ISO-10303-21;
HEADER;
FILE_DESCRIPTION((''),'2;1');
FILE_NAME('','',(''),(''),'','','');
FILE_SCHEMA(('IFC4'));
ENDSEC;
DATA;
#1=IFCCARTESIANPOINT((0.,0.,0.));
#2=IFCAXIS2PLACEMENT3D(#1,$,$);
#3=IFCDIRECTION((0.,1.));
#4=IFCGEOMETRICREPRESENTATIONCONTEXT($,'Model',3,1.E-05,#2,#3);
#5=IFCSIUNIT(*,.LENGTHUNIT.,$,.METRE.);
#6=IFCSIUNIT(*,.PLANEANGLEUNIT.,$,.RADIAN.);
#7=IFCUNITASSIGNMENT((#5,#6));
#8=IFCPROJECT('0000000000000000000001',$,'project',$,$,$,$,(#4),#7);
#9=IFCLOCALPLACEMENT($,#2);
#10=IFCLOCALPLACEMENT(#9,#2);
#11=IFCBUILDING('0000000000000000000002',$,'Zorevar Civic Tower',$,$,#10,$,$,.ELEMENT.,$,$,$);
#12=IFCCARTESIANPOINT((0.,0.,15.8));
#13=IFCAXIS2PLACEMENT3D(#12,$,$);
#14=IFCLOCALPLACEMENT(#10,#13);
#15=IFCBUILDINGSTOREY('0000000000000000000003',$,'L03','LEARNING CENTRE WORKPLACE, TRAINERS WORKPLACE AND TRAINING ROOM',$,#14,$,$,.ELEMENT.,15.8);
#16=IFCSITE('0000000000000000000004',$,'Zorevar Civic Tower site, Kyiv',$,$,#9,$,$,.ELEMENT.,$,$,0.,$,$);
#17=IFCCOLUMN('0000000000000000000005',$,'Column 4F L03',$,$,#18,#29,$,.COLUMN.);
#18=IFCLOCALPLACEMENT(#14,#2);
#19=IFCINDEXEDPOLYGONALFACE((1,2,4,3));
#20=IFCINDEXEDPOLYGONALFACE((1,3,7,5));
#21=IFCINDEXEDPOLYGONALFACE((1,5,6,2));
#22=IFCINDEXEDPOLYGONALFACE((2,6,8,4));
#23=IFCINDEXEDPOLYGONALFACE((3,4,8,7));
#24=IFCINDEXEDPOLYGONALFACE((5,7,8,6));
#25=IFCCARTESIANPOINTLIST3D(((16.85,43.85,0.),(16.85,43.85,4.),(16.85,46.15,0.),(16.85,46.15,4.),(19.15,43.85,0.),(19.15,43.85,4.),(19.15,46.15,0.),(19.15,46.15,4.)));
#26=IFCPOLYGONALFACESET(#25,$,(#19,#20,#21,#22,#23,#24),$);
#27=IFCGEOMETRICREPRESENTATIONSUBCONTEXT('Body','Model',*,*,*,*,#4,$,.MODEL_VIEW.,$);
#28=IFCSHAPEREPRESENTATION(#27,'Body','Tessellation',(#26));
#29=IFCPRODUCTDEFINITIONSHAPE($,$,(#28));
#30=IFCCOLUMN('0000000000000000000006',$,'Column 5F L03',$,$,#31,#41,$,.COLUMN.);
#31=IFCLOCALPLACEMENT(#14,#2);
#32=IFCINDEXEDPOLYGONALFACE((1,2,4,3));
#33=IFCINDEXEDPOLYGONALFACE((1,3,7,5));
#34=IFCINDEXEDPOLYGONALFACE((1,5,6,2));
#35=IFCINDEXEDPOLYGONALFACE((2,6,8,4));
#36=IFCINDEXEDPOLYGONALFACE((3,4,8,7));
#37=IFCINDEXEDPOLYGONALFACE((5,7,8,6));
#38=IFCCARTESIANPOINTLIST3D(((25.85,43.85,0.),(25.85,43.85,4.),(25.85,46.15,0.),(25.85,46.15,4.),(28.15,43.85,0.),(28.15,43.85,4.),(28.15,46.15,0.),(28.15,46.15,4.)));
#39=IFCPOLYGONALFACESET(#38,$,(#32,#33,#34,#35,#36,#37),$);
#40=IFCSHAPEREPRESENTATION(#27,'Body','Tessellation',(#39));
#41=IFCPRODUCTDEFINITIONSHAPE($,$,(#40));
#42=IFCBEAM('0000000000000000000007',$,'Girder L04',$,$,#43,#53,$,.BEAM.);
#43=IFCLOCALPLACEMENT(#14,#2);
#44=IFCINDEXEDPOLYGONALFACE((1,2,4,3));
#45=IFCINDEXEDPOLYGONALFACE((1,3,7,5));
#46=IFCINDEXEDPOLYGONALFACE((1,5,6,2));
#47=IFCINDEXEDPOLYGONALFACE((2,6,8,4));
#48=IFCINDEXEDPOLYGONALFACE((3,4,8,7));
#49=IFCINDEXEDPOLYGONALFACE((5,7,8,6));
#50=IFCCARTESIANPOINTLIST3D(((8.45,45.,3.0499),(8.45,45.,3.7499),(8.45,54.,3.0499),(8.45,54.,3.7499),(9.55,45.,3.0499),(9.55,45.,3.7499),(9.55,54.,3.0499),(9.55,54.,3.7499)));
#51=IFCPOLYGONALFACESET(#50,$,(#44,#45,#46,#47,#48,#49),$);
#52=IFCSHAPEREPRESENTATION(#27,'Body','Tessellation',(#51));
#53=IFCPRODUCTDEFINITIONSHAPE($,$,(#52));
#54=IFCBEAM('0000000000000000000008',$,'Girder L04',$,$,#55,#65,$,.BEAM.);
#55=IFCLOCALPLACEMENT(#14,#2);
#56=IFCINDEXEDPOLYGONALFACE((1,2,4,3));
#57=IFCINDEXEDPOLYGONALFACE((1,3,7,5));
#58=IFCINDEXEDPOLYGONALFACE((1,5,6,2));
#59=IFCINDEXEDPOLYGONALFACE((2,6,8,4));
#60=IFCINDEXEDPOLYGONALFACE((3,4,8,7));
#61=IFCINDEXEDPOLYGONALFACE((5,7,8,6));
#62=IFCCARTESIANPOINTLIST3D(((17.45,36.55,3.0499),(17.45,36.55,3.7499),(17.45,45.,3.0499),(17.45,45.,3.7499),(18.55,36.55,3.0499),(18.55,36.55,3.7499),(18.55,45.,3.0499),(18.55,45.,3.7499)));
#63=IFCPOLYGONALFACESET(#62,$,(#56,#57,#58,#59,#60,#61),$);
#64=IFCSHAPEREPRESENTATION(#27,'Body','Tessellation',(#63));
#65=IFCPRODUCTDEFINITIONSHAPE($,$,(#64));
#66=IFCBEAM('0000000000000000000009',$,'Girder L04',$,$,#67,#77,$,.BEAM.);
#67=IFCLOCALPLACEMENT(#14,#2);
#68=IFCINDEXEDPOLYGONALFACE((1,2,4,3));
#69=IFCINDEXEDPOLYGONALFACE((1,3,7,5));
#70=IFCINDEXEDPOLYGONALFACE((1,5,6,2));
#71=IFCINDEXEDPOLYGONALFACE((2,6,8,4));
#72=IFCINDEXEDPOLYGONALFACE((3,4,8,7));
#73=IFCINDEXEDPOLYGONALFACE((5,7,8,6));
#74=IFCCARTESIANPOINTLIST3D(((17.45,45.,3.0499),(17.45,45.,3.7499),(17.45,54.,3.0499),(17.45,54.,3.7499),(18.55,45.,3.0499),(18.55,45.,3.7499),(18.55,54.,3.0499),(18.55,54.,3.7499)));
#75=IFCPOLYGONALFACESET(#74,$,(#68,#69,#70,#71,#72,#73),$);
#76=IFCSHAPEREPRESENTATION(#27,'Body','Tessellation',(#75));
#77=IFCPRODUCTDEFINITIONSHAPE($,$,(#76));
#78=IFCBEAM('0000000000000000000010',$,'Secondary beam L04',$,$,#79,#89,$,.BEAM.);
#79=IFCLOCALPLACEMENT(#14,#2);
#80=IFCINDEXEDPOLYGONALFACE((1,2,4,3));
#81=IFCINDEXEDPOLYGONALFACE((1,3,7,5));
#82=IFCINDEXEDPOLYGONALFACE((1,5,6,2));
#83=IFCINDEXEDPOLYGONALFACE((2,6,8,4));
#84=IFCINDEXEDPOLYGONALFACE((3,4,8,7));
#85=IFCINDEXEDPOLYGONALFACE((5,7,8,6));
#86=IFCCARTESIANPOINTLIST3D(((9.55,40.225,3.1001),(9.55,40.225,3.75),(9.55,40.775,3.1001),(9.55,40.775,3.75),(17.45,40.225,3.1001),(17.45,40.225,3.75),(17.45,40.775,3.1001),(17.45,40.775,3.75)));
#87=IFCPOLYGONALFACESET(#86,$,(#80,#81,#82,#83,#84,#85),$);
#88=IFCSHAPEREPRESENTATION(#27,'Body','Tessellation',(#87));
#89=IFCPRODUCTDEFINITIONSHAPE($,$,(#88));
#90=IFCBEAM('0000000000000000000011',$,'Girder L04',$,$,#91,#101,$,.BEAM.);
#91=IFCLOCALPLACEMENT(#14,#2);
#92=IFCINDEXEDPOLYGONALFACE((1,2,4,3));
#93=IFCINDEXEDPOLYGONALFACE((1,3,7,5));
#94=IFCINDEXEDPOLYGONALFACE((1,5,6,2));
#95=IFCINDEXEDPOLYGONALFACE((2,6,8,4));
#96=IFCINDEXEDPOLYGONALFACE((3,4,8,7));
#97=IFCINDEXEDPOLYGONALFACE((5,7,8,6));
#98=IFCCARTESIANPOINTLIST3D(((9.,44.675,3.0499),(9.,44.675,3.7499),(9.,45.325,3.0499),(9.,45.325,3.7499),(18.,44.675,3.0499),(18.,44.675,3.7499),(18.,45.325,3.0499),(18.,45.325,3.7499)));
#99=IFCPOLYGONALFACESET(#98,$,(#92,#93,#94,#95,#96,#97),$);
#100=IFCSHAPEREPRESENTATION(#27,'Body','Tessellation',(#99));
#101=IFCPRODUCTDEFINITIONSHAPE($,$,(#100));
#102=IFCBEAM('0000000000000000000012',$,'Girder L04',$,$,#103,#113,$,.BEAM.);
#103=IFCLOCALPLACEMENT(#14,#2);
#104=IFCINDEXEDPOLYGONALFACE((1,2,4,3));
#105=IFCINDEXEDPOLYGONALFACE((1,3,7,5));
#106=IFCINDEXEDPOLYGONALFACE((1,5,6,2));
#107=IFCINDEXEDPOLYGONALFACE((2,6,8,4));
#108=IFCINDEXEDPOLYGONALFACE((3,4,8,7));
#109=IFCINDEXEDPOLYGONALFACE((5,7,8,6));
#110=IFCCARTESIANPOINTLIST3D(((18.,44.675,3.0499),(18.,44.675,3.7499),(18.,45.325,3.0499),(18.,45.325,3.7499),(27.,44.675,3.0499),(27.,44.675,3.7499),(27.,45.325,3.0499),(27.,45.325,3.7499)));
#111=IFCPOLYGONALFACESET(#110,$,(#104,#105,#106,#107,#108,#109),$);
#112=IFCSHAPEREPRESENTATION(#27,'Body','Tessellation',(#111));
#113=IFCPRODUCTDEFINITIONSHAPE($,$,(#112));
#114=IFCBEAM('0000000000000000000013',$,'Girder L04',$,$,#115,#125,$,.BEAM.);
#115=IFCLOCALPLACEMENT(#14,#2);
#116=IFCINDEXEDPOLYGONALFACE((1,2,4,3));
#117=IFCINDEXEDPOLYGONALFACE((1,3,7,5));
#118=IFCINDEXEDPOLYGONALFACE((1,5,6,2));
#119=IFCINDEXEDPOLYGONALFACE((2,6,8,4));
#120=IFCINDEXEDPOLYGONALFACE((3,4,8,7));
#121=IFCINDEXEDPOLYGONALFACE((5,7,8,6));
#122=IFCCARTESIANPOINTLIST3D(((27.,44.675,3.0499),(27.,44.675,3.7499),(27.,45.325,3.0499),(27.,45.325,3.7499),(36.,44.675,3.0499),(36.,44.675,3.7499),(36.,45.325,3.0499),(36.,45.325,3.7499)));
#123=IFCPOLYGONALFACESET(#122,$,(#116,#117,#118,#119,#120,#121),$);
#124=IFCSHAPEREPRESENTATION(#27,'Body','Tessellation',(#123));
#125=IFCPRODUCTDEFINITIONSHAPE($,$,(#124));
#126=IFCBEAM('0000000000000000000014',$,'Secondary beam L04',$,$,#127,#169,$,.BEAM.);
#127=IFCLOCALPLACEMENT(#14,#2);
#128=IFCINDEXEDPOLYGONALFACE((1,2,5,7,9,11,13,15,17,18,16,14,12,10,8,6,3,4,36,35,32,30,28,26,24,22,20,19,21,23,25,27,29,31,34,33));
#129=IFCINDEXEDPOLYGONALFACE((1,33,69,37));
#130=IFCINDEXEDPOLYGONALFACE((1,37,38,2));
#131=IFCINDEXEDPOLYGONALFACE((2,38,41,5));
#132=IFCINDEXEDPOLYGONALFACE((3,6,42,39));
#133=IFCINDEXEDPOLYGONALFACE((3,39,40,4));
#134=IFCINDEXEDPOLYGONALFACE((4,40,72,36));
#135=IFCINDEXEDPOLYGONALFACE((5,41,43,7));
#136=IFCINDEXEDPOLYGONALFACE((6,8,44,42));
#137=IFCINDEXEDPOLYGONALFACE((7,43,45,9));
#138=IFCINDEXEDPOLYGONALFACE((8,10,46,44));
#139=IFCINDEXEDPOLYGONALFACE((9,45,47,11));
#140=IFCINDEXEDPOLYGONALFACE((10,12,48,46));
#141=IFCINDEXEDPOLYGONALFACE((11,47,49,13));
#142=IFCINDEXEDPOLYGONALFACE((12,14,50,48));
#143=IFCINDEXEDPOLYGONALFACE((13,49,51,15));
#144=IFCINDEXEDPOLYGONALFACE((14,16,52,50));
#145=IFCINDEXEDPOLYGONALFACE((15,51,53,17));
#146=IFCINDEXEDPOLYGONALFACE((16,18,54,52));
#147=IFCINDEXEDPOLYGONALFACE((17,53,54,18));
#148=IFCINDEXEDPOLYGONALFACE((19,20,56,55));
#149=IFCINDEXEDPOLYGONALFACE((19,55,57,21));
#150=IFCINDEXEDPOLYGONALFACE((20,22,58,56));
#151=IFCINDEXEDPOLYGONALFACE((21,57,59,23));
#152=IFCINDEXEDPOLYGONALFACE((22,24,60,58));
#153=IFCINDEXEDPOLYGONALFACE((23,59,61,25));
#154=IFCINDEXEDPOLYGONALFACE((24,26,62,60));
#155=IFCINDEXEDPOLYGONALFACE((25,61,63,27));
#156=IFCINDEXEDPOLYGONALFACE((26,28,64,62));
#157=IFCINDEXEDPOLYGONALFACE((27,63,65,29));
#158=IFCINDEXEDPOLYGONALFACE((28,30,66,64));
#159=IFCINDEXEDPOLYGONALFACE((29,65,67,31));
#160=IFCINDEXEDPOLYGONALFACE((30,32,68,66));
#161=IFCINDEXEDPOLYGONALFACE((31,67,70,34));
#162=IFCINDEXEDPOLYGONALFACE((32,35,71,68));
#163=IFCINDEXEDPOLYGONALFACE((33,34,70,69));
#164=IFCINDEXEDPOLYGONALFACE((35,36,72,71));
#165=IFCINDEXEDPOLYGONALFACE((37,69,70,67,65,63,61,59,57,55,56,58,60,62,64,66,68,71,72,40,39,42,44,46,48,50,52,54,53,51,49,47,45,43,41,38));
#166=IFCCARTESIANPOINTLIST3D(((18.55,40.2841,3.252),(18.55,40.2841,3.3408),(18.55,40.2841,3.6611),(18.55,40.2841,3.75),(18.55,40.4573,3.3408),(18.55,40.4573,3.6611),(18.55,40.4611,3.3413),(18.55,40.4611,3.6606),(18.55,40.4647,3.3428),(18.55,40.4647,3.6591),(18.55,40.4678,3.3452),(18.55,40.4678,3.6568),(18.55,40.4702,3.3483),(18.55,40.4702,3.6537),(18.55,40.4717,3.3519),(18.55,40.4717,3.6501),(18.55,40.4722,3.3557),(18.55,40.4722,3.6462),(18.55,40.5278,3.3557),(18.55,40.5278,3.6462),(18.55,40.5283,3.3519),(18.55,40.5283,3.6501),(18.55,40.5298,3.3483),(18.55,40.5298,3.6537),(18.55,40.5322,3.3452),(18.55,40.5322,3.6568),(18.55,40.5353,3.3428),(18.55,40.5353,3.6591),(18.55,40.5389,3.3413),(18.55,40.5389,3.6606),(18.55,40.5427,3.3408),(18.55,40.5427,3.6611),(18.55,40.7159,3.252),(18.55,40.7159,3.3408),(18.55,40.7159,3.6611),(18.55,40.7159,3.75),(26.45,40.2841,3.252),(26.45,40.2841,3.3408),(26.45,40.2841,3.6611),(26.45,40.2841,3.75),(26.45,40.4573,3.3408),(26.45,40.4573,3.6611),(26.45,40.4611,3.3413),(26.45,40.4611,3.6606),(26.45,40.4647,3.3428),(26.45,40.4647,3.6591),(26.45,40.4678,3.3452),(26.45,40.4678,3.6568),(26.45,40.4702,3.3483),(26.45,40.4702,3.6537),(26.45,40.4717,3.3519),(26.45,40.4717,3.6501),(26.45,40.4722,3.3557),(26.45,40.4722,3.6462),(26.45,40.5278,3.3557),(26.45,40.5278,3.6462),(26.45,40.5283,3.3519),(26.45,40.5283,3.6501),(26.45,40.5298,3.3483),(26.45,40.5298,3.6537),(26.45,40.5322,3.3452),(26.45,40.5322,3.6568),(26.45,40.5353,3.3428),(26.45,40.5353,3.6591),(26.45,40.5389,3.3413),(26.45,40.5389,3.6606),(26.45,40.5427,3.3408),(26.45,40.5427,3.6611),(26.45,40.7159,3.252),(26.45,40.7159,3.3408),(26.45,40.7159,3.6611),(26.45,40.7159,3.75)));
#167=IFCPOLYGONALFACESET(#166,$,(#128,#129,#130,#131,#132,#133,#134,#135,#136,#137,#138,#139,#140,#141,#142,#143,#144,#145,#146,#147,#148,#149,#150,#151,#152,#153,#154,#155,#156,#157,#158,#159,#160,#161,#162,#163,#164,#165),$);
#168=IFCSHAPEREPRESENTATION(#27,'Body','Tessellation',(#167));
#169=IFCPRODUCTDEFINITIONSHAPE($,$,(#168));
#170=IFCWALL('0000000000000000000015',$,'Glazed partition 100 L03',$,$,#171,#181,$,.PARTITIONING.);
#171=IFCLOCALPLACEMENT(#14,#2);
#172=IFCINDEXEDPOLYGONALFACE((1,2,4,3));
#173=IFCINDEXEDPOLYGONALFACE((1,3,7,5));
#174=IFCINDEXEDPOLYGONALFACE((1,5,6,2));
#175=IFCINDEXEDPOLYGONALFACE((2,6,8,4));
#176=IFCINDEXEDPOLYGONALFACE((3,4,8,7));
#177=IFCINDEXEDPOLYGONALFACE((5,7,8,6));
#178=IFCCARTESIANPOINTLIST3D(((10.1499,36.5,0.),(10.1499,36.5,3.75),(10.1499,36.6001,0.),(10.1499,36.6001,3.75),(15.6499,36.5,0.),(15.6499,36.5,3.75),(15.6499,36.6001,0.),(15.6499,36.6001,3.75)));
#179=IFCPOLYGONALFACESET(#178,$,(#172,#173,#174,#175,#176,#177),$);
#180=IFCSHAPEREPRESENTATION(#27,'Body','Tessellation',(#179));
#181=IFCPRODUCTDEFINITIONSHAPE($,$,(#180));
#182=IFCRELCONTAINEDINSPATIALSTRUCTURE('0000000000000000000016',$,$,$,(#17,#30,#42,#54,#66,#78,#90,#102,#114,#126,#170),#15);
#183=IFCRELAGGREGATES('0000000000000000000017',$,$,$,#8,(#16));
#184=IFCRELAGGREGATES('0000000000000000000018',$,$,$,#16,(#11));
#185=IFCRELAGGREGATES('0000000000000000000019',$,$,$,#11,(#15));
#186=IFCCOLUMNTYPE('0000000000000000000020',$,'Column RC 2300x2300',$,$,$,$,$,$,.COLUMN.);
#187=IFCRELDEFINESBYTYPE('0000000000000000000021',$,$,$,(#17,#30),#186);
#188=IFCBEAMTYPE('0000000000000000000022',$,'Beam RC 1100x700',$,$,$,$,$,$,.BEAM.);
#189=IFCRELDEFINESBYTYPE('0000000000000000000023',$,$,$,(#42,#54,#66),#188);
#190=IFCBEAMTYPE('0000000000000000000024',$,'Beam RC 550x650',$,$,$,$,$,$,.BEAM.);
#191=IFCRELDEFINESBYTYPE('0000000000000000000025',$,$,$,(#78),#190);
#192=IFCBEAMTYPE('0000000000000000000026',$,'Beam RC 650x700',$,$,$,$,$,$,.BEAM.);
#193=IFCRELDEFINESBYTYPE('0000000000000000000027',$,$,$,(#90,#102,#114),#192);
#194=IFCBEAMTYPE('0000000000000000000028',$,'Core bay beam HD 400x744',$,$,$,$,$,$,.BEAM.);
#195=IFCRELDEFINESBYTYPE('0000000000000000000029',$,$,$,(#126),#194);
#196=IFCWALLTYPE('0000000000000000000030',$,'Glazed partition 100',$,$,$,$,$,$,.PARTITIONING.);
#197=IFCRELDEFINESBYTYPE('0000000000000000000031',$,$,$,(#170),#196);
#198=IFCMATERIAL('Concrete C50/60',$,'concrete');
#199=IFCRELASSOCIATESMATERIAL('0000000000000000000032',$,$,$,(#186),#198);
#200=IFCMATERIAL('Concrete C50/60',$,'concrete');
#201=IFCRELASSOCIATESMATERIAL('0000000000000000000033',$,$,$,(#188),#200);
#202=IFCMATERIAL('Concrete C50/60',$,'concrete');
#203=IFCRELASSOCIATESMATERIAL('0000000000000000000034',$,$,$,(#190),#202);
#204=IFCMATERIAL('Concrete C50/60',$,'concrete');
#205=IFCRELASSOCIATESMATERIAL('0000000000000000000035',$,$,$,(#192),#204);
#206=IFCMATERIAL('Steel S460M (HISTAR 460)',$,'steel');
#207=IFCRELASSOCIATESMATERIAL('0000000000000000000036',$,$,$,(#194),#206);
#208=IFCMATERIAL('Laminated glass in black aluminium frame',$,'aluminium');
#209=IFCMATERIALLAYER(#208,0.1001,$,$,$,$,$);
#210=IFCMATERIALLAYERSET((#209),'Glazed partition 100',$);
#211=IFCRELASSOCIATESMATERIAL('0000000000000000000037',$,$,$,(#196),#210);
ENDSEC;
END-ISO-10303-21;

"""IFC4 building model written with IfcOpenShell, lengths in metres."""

from ifc_helpers import new_model, si_unit, direction, frame, frame_2d, origin, origin_2d, place, context, subcontext, project, spatial, rectangle, i_section, extrude, material, layer, layer_set, material_profile, profile_set, type_object, element, save


model = new_model("IFC4")

# Units and contexts
model_context = context("Model", 3, precision=1e-05, world=origin(), true_north=direction((0.0, 1.0)))
body_context = subcontext(model_context, "Body", "Model", "MODEL_VIEW")
ifc_project = project(units=[si_unit("LENGTHUNIT", "METRE"), si_unit("PLANEANGLEUNIT", "RADIAN")], contexts=[model_context])

# Site, building, storey
site_placement = place(None, origin())
site = spatial("IfcSite", under=ifc_project, at=site_placement, Name="Zorevar Civic Tower site, Kyiv", CompositionType="ELEMENT", RefElevation=0.0)
building_placement = place(site_placement, origin())
building = spatial("IfcBuilding", under=site, at=building_placement, Name="Zorevar Civic Tower", CompositionType="ELEMENT")
storey_placement = place(building_placement, frame((0.0, 0.0, 15.8)))
storey = spatial("IfcBuildingStorey", under=building, at=storey_placement, Name="L03", Description="LEARNING CENTRE WORKPLACE, TRAINERS WORKPLACE AND TRAINING ROOM", CompositionType="ELEMENT", Elevation=15.8)

# Columns
ifc_material_1 = material(Name="Concrete C50/60", Category="concrete")
ifc_material_profile_1 = material_profile(ifc_material_1, rectangle(XDim=2.3, YDim=2.3, at=origin_2d()), Name="RC 2300x2300")
ifc_profile_set_1 = profile_set([ifc_material_profile_1], Name="Concrete C50/60")
column_type = type_object("IfcColumnType", Name="Column RC 2300x2300", PredefinedType="COLUMN", material=ifc_profile_set_1)
for number, where, z_axis, x_axis, name in (
    (1, (18.0, 45.0, 0.0), (0.0, 0.0, 1.0), (1.0, 0.0, 0.0), "Column 4F L03"),
    (2, (27.0, 45.0, 0.0), (0.0, 0.0, 1.0), (1.0, 0.0, 0.0), "Column 5F L03"),
):
    element("IfcColumn", number, at=place(storey_placement, frame(where, z_axis=z_axis, x_axis=x_axis)), inside=storey, type_object=column_type, Name=name, PredefinedType="COLUMN", context=body_context, shape_type="SweptSolid", body=[
        extrude(rectangle(XDim=2.3, YDim=2.3, at=origin_2d()), origin(), (0.0, 0.0, 1.0), 4.0),
    ])

# Beams
ifc_material_2 = material(Name="Concrete C50/60", Category="concrete")
ifc_material_profile_2 = material_profile(ifc_material_2, rectangle(XDim=1.1001, YDim=0.7, at=origin_2d()), Name="RC 1100x700")
ifc_profile_set_2 = profile_set([ifc_material_profile_2], Name="Concrete C50/60")
beam_type_1 = type_object("IfcBeamType", Name="Beam RC 1100x700", PredefinedType="BEAM", material=ifc_profile_set_2)
beam_1_placement = place(storey_placement, frame((9.0, 45.0, 3.3999), z_axis=(0.0, 1.0, 0.0), x_axis=(-1.0, 0.0, 0.0)))
element("IfcBeam", 3, at=beam_1_placement, inside=storey, type_object=beam_type_1, Name="Girder L04", PredefinedType="BEAM", context=body_context, shape_type="SweptSolid", body=[
    extrude(rectangle(XDim=1.1001, YDim=0.7, at=origin_2d()), origin(), (0.0, 0.0, 1.0), 9.0),
])
beam_2_placement = place(storey_placement, frame((18.0, 36.55, 3.3999), z_axis=(0.0, 1.0, 0.0), x_axis=(-1.0, 0.0, 0.0)))
element("IfcBeam", 4, at=beam_2_placement, inside=storey, type_object=beam_type_1, Name="Girder L04", PredefinedType="BEAM", context=body_context, shape_type="SweptSolid", body=[
    extrude(rectangle(XDim=1.1001, YDim=0.7, at=origin_2d()), origin(), (0.0, 0.0, 1.0), 8.45),
])
beam_3_placement = place(storey_placement, frame((18.0, 45.0, 3.3999), z_axis=(0.0, 1.0, 0.0), x_axis=(-1.0, 0.0, 0.0)))
element("IfcBeam", 5, at=beam_3_placement, inside=storey, type_object=beam_type_1, Name="Girder L04", PredefinedType="BEAM", context=body_context, shape_type="SweptSolid", body=[
    extrude(rectangle(XDim=1.1001, YDim=0.7, at=origin_2d()), origin(), (0.0, 0.0, 1.0), 9.0),
])
ifc_material_3 = material(Name="Concrete C50/60", Category="concrete")
ifc_material_profile_3 = material_profile(ifc_material_3, rectangle(XDim=0.55, YDim=0.6499, at=origin_2d()), Name="RC 550x650")
ifc_profile_set_3 = profile_set([ifc_material_profile_3], Name="Concrete C50/60")
beam_type_2 = type_object("IfcBeamType", Name="Beam RC 550x650", PredefinedType="BEAM", material=ifc_profile_set_3)
beam_4_placement = place(storey_placement, frame((9.55, 40.5, 3.425), z_axis=(1.0, 0.0, 0.0), x_axis=(0.0, 1.0, 0.0)))
element("IfcBeam", 6, at=beam_4_placement, inside=storey, type_object=beam_type_2, Name="Secondary beam L04", PredefinedType="BEAM", context=body_context, shape_type="SweptSolid", body=[
    extrude(rectangle(XDim=0.55, YDim=0.6499, at=origin_2d()), origin(), (0.0, 0.0, 1.0), 7.8999),
])
ifc_material_4 = material(Name="Concrete C50/60", Category="concrete")
ifc_material_profile_4 = material_profile(ifc_material_4, rectangle(XDim=0.6499, YDim=0.7, at=origin_2d()), Name="RC 650x700")
ifc_profile_set_4 = profile_set([ifc_material_profile_4], Name="Concrete C50/60")
beam_type_3 = type_object("IfcBeamType", Name="Beam RC 650x700", PredefinedType="BEAM", material=ifc_profile_set_4)
for number, where, z_axis, x_axis, name in (
    (7, (9.0, 45.0, 3.3999), (1.0, 0.0, 0.0), (0.0, 1.0, 0.0), "Girder L04"),
    (8, (18.0, 45.0, 3.3999), (1.0, 0.0, 0.0), (0.0, 1.0, 0.0), "Girder L04"),
    (9, (27.0, 45.0, 3.3999), (1.0, 0.0, 0.0), (0.0, 1.0, 0.0), "Girder L04"),
):
    element("IfcBeam", number, at=place(storey_placement, frame(where, z_axis=z_axis, x_axis=x_axis)), inside=storey, type_object=beam_type_3, Name=name, PredefinedType="BEAM", context=body_context, shape_type="SweptSolid", body=[
        extrude(rectangle(XDim=0.6499, YDim=0.7, at=origin_2d()), origin(), (0.0, 0.0, 1.0), 9.0),
    ])
ifc_material_5 = material(Name="Steel S460M (HISTAR 460)", Category="steel")
ifc_material_profile_5 = material_profile(ifc_material_5, i_section(OverallWidth=0.4319, OverallDepth=0.498, WebThickness=0.0557, FlangeThickness=0.0889, FilletRadius=0.0149, at=origin_2d()), Name="HD 400x744")
ifc_profile_set_5 = profile_set([ifc_material_profile_5], Name="Steel S460M (HISTAR 460)")
beam_type_4 = type_object("IfcBeamType", Name="Core bay beam HD 400x744", PredefinedType="BEAM", material=ifc_profile_set_5)
beam_5_placement = place(storey_placement, frame((18.55, 40.5, 3.501), z_axis=(1.0, 0.0, 0.0), x_axis=(0.0, 1.0, 0.0)))
element("IfcBeam", 10, at=beam_5_placement, inside=storey, type_object=beam_type_4, Name="Secondary beam L04", PredefinedType="BEAM", context=body_context, shape_type="SweptSolid", body=[
    extrude(i_section(OverallWidth=0.4319, OverallDepth=0.498, WebThickness=0.0557, FlangeThickness=0.0889, FilletRadius=0.0149, at=origin_2d()), origin(), (0.0, 0.0, 1.0), 7.8999),
])

# Wall
ifc_material_6 = material(Name="Laminated glass in black aluminium frame", Category="aluminium")
ifc_layer_1 = layer(ifc_material_6, 0.1001)
ifc_layer_set_1 = layer_set([ifc_layer_1], Name="Glazed partition 100")
wall_type_1 = type_object("IfcWallType", Name="Glazed partition 100", PredefinedType="PARTITIONING", material=ifc_layer_set_1)
wall_1_placement = place(storey_placement, frame((10.1499, 36.55, 0.0), z_axis=(0.0, 0.0, 1.0), x_axis=(1.0, 0.0, 0.0)))
element("IfcWall", 11, at=wall_1_placement, inside=storey, type_object=wall_type_1, Name="Glazed partition 100 L03", PredefinedType="PARTITIONING", context=body_context, shape_type="SweptSolid", body=[
    extrude(rectangle(XDim=5.5, YDim=0.1001, at=frame_2d((2.75, 0.0))), origin(), (0.0, 0.0, 1.0), 3.75),
])

save(model, "model.ifc")
